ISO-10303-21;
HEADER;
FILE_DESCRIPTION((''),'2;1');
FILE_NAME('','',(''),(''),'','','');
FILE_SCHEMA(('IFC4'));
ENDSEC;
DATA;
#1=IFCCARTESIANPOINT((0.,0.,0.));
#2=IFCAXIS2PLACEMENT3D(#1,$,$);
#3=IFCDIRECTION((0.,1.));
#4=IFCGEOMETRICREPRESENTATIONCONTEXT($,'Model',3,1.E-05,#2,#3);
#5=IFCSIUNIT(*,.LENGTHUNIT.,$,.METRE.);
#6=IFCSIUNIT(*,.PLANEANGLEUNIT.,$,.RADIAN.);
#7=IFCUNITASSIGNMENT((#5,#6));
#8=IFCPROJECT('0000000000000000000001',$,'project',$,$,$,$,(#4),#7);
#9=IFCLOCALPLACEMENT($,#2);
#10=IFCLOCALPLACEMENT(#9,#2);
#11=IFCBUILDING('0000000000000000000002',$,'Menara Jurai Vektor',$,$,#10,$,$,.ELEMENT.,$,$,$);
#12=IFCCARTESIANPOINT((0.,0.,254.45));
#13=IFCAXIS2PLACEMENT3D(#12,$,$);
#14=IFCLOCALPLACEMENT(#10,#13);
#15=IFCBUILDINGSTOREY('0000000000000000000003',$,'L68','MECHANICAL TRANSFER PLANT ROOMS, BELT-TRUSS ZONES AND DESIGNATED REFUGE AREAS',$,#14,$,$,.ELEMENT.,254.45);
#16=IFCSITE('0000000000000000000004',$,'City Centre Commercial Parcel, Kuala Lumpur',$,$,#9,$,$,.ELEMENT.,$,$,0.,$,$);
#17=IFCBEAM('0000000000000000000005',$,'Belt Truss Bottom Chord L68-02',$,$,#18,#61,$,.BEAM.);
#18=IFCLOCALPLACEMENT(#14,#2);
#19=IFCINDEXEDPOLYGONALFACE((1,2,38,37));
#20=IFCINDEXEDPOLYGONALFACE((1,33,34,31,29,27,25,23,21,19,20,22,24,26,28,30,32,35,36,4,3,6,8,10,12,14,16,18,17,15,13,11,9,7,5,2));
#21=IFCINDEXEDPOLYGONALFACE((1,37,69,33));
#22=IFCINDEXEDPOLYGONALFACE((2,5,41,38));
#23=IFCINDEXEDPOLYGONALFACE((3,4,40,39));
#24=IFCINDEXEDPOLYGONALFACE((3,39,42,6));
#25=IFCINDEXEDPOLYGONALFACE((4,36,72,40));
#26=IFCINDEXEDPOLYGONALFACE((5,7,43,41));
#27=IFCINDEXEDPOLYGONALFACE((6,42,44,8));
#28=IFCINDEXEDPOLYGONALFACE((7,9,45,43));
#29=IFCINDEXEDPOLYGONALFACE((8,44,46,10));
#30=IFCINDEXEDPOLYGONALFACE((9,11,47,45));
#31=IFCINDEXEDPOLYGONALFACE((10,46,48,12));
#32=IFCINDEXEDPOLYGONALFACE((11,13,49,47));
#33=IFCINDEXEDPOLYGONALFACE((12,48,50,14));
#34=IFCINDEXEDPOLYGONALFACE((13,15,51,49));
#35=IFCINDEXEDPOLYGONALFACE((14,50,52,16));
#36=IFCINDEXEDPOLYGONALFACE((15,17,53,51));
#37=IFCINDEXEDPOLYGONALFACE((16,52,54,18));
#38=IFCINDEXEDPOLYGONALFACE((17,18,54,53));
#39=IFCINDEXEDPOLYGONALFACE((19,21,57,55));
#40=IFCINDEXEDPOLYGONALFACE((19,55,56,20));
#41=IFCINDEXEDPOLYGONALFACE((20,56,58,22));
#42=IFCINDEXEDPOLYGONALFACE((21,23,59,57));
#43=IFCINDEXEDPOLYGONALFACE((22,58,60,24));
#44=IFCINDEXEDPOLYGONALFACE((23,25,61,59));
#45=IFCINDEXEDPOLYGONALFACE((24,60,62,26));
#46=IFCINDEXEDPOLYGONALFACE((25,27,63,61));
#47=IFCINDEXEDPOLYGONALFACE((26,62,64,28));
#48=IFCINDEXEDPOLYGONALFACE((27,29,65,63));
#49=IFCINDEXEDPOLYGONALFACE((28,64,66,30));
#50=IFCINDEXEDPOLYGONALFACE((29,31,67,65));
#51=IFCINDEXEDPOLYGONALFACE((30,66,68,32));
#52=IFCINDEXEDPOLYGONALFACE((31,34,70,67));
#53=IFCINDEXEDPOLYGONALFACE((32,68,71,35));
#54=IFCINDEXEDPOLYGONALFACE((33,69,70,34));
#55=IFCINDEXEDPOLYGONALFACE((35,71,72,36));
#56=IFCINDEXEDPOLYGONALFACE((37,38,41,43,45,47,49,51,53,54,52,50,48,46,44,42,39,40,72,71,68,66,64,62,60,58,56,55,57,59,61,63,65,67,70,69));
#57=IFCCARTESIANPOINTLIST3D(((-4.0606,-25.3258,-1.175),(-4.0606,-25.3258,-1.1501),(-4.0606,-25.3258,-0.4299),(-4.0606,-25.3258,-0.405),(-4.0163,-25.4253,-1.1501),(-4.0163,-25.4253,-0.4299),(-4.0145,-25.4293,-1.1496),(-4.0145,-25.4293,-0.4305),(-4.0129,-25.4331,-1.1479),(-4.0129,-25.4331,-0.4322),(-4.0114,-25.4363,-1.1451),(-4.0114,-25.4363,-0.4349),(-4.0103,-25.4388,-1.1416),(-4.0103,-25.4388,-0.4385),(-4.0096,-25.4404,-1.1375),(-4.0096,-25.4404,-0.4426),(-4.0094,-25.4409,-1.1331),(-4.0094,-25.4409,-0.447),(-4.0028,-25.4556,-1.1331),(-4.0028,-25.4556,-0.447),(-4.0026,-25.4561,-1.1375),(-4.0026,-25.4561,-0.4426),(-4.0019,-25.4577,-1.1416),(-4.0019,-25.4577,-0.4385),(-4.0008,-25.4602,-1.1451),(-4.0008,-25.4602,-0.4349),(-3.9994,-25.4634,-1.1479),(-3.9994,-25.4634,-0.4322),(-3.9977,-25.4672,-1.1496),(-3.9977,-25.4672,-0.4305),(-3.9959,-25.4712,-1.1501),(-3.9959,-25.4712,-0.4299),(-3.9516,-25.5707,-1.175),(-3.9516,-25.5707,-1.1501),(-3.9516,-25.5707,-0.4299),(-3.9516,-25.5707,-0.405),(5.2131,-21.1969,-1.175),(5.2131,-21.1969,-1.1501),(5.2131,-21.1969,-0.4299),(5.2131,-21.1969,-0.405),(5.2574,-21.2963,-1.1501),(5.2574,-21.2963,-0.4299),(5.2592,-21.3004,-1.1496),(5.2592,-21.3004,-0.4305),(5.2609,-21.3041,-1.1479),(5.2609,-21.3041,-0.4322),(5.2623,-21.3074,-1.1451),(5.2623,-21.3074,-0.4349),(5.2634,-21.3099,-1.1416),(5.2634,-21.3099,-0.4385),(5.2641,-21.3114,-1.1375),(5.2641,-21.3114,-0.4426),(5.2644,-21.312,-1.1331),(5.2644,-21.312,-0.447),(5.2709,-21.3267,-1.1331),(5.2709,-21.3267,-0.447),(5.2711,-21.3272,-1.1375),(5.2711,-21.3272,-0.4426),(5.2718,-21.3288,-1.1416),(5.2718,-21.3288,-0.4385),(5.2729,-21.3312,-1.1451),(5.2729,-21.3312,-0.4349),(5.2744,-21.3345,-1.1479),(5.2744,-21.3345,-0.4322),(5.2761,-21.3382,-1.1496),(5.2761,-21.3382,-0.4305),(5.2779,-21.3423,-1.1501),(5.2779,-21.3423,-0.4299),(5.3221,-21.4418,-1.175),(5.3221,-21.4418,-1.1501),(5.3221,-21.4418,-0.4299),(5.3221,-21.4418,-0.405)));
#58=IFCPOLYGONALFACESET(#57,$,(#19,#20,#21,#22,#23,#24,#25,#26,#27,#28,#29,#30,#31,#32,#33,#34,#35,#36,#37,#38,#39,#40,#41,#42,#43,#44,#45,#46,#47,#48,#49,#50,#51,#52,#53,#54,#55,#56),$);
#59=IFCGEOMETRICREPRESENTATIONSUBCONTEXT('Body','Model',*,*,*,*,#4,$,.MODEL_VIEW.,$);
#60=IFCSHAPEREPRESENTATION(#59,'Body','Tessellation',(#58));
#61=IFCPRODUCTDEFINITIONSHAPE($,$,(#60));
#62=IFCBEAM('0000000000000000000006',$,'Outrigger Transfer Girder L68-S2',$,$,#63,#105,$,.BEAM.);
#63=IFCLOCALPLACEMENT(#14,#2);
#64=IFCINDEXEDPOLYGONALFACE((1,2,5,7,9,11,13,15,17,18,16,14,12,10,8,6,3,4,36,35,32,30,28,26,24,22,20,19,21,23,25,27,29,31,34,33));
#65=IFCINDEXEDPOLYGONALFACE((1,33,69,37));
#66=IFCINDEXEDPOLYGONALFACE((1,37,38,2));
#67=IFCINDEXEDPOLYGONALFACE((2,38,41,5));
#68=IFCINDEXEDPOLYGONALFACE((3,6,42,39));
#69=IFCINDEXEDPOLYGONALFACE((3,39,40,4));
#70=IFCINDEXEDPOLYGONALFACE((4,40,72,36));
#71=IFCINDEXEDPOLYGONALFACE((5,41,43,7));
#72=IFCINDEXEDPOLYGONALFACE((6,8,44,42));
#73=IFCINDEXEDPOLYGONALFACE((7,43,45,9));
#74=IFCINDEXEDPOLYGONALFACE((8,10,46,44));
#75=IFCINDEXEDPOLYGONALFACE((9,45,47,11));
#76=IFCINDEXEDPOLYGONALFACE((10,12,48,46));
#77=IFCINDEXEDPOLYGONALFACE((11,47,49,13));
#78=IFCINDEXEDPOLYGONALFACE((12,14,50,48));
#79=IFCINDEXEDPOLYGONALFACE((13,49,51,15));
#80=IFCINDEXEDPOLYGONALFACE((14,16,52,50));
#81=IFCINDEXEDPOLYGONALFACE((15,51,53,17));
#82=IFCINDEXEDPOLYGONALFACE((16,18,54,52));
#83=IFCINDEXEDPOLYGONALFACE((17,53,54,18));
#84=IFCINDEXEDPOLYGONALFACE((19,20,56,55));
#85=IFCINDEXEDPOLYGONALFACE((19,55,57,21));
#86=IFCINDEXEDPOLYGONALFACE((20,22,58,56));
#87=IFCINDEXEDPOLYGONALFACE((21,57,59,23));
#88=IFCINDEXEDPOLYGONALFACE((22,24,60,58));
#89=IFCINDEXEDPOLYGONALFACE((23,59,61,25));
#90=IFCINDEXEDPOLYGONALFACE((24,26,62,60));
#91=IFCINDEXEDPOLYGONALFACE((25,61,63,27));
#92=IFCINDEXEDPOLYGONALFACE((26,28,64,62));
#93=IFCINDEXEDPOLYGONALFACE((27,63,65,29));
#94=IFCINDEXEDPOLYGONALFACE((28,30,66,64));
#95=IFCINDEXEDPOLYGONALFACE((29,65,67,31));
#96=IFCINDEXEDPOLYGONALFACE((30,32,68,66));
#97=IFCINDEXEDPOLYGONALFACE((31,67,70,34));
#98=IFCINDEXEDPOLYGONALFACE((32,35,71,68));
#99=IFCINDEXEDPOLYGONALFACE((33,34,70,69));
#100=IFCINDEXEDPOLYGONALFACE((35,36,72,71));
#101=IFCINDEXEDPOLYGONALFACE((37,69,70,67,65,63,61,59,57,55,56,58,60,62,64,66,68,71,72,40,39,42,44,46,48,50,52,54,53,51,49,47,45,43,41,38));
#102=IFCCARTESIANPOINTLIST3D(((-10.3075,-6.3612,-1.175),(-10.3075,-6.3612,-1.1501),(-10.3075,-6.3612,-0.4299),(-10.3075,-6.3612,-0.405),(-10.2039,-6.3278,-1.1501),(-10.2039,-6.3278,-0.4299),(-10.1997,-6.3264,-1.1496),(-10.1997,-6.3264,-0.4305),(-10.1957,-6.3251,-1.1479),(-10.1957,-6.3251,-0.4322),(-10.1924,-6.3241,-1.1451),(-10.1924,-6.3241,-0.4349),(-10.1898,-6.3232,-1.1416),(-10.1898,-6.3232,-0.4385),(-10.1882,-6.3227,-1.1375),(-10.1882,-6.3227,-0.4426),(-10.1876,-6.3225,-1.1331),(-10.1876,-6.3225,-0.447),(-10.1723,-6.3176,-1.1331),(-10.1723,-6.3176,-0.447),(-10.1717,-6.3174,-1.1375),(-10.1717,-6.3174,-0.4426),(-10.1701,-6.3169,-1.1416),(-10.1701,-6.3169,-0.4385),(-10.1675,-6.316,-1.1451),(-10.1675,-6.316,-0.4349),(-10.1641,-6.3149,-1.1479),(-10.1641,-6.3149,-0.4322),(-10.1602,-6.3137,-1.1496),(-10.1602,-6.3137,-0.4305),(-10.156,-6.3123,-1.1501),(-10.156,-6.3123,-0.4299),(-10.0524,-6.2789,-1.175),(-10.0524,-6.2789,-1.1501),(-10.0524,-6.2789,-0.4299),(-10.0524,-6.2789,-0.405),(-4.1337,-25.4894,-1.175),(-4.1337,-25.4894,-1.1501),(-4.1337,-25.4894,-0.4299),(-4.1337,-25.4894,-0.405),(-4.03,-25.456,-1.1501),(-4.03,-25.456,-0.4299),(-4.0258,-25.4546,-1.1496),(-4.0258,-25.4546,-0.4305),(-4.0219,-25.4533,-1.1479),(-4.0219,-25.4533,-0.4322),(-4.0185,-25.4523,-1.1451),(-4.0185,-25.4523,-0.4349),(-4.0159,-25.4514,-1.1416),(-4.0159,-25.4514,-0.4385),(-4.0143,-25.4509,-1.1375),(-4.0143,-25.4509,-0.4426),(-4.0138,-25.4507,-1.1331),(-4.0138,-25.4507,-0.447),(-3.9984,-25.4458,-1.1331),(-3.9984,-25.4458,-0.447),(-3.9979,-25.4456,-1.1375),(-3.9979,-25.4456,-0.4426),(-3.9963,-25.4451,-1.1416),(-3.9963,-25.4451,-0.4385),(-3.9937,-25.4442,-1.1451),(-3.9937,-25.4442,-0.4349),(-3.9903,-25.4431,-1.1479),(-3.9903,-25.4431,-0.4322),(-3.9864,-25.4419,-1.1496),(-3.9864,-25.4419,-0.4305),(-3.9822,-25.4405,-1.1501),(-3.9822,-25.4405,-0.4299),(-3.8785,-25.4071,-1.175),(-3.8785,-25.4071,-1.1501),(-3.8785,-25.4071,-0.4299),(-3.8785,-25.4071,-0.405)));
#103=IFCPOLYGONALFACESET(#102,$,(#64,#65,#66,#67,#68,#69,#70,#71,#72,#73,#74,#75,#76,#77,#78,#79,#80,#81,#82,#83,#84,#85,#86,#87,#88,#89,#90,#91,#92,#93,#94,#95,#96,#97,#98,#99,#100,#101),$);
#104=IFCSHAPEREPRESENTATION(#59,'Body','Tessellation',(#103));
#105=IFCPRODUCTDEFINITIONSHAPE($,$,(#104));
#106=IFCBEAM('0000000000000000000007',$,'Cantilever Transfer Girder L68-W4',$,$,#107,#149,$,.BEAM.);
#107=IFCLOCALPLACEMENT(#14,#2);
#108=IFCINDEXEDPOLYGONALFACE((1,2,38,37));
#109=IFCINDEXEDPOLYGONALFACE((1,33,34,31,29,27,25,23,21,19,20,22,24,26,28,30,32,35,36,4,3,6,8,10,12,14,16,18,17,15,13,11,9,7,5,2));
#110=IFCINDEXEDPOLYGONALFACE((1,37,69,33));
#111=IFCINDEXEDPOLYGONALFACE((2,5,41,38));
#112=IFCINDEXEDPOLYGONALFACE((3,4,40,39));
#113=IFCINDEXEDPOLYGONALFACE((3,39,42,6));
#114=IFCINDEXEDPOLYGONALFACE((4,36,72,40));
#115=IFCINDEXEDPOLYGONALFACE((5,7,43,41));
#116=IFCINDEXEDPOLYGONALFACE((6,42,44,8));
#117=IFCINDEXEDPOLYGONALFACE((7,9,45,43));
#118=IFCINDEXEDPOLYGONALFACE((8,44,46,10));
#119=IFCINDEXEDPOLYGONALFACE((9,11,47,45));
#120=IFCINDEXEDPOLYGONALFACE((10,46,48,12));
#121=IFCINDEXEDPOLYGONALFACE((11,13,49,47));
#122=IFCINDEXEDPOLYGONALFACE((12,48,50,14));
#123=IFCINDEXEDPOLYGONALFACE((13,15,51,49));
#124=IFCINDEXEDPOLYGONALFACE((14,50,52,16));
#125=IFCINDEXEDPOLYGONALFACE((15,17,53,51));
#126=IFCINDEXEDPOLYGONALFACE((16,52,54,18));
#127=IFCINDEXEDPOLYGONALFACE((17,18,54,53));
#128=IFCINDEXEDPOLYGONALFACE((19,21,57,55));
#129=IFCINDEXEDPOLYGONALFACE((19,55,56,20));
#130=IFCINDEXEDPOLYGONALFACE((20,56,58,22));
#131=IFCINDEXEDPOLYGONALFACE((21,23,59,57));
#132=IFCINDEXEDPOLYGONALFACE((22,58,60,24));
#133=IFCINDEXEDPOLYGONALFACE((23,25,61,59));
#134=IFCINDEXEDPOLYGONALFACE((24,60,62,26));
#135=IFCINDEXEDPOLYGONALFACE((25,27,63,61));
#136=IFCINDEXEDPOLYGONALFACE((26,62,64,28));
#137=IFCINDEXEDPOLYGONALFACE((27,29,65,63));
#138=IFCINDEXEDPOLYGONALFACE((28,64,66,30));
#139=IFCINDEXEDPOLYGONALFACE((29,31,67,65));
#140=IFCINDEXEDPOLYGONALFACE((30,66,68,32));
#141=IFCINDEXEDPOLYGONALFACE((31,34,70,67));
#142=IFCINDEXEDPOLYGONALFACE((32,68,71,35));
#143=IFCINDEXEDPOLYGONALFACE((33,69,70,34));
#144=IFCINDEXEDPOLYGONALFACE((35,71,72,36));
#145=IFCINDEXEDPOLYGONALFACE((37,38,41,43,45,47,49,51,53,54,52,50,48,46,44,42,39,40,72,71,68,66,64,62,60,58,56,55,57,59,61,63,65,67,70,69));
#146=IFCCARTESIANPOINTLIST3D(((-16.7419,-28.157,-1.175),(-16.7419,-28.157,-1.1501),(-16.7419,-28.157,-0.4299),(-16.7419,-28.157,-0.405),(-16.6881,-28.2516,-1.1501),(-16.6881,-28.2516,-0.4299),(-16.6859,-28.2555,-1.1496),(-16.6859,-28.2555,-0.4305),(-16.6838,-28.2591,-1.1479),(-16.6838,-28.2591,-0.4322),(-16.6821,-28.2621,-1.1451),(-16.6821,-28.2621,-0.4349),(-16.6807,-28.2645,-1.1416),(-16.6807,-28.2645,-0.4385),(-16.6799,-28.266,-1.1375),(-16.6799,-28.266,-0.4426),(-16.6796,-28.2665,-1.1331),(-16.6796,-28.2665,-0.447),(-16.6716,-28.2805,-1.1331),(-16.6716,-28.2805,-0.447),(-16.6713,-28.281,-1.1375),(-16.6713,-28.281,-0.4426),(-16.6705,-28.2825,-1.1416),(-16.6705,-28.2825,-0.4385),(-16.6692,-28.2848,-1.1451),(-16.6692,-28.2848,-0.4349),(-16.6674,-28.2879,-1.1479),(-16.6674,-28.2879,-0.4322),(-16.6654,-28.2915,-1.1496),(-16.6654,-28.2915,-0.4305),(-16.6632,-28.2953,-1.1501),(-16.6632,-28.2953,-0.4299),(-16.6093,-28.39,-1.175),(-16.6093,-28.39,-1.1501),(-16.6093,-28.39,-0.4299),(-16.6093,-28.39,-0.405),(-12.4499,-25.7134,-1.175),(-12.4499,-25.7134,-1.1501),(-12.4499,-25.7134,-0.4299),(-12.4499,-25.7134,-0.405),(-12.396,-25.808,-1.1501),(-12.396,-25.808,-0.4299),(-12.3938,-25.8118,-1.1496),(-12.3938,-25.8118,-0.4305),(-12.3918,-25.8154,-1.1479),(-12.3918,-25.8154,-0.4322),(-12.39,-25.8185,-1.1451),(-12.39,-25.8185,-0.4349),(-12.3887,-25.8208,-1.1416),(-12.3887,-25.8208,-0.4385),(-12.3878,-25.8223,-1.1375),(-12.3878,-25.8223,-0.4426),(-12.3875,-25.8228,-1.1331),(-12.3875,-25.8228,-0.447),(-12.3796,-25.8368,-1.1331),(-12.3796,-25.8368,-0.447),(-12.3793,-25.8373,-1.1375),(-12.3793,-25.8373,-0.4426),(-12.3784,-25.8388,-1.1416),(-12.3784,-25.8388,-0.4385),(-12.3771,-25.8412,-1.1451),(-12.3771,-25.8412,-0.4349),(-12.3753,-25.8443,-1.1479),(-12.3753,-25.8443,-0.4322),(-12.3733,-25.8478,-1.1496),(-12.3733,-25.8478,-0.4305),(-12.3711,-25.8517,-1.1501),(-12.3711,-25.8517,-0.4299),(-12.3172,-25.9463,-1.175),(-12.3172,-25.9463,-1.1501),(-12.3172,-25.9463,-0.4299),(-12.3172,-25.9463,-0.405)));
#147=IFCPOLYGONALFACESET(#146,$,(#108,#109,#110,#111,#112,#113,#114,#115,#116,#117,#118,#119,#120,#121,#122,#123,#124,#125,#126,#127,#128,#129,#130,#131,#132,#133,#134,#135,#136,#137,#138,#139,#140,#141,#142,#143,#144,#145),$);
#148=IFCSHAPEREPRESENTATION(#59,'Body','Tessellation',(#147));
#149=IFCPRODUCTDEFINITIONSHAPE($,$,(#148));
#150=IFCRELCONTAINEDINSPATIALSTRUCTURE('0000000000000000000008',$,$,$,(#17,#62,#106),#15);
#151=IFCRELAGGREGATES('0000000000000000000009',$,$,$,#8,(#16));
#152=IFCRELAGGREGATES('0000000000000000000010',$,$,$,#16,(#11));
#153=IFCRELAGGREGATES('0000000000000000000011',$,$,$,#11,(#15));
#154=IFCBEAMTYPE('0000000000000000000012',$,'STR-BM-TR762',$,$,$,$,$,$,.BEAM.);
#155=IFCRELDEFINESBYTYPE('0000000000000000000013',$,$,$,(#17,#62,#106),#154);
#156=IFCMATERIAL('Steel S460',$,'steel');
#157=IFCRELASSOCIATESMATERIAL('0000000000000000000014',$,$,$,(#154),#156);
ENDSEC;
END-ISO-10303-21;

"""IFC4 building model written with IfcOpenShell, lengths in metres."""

from ifc_helpers import new_model, si_unit, direction, frame, origin, origin_2d, place, context, subcontext, project, spatial, i_section, extrude, material, material_profile, profile_set, type_object, element, save


model = new_model("IFC4")

# Units and contexts
model_context = context("Model", 3, precision=1e-05, world=origin(), true_north=direction((0.0, 1.0)))
body_context = subcontext(model_context, "Body", "Model", "MODEL_VIEW")
ifc_project = project(units=[si_unit("LENGTHUNIT", "METRE"), si_unit("PLANEANGLEUNIT", "RADIAN")], contexts=[model_context])

# Site, building, storey
site_placement = place(None, origin())
site = spatial("IfcSite", under=ifc_project, at=site_placement, Name="City Centre Commercial Parcel, Kuala Lumpur", CompositionType="ELEMENT", RefElevation=0.0)
building_placement = place(site_placement, origin())
building = spatial("IfcBuilding", under=site, at=building_placement, Name="Menara Jurai Vektor", CompositionType="ELEMENT")
storey_placement = place(building_placement, frame((0.0, 0.0, 254.45)))
storey = spatial("IfcBuildingStorey", under=building, at=storey_placement, Name="L68", Description="MECHANICAL TRANSFER PLANT ROOMS, BELT-TRUSS ZONES AND DESIGNATED REFUGE AREAS", CompositionType="ELEMENT", Elevation=254.45)

# Shared definitions
ifc_material_1 = material(Name="Steel S460", Category="steel")

# Beams
ifc_material_profile_1 = material_profile(ifc_material_1, i_section(OverallWidth=0.2681, OverallDepth=0.77, WebThickness=0.0161, FlangeThickness=0.0249, FilletRadius=0.0171, at=origin_2d()), Name="UKB 762x267x197")
ifc_profile_set_1 = profile_set([ifc_material_profile_1], Name="Steel S460")
beam_type_1 = type_object("IfcBeamType", Name="STR-BM-TR762", PredefinedType="BEAM", material=ifc_profile_set_1)
beam_1_placement = place(storey_placement, frame((-4.0061, -25.4482, -0.79), z_axis=(0.913546, 0.406736, 0.0), x_axis=(-0.406736, 0.913546, 0.0)))
element("IfcBeam", 1, at=beam_1_placement, inside=storey, type_object=beam_type_1, Name="Belt Truss Bottom Chord L68-02", PredefinedType="BEAM", context=body_context, shape_type="SweptSolid", body=[
    extrude(i_section(OverallWidth=0.2681, OverallDepth=0.77, WebThickness=0.0161, FlangeThickness=0.0249, FilletRadius=0.0171, at=origin_2d()), origin(), (0.0, 0.0, 1.0), 10.1514),
])
beam_2_placement = place(storey_placement, frame((-4.0061, -25.4482, -0.79), z_axis=(-0.307158, 0.951658, 0.0), x_axis=(-0.951658, -0.307158, 0.0)))
element("IfcBeam", 2, at=beam_2_placement, inside=storey, type_object=beam_type_1, Name="Outrigger Transfer Girder L68-S2", PredefinedType="BEAM", context=body_context, shape_type="SweptSolid", body=[
    extrude(i_section(OverallWidth=0.2681, OverallDepth=0.77, WebThickness=0.0161, FlangeThickness=0.0249, FilletRadius=0.0171, at=origin_2d()), origin(), (0.0, 0.0, 1.0), 20.0999),
])
beam_3_placement = place(storey_placement, frame((-12.3835, -25.8298, -0.79), z_axis=(-0.869024, -0.49477, 0.0), x_axis=(0.49477, -0.869024, 0.0)))
element("IfcBeam", 3, at=beam_3_placement, inside=storey, type_object=beam_type_1, Name="Cantilever Transfer Girder L68-W4", PredefinedType="BEAM", context=body_context, shape_type="SweptSolid", body=[
    extrude(i_section(OverallWidth=0.2681, OverallDepth=0.77, WebThickness=0.0161, FlangeThickness=0.0249, FilletRadius=0.0171, at=origin_2d()), origin(), (0.0, 0.0, 1.0), 4.939),
])

save(model, "model.ifc")
